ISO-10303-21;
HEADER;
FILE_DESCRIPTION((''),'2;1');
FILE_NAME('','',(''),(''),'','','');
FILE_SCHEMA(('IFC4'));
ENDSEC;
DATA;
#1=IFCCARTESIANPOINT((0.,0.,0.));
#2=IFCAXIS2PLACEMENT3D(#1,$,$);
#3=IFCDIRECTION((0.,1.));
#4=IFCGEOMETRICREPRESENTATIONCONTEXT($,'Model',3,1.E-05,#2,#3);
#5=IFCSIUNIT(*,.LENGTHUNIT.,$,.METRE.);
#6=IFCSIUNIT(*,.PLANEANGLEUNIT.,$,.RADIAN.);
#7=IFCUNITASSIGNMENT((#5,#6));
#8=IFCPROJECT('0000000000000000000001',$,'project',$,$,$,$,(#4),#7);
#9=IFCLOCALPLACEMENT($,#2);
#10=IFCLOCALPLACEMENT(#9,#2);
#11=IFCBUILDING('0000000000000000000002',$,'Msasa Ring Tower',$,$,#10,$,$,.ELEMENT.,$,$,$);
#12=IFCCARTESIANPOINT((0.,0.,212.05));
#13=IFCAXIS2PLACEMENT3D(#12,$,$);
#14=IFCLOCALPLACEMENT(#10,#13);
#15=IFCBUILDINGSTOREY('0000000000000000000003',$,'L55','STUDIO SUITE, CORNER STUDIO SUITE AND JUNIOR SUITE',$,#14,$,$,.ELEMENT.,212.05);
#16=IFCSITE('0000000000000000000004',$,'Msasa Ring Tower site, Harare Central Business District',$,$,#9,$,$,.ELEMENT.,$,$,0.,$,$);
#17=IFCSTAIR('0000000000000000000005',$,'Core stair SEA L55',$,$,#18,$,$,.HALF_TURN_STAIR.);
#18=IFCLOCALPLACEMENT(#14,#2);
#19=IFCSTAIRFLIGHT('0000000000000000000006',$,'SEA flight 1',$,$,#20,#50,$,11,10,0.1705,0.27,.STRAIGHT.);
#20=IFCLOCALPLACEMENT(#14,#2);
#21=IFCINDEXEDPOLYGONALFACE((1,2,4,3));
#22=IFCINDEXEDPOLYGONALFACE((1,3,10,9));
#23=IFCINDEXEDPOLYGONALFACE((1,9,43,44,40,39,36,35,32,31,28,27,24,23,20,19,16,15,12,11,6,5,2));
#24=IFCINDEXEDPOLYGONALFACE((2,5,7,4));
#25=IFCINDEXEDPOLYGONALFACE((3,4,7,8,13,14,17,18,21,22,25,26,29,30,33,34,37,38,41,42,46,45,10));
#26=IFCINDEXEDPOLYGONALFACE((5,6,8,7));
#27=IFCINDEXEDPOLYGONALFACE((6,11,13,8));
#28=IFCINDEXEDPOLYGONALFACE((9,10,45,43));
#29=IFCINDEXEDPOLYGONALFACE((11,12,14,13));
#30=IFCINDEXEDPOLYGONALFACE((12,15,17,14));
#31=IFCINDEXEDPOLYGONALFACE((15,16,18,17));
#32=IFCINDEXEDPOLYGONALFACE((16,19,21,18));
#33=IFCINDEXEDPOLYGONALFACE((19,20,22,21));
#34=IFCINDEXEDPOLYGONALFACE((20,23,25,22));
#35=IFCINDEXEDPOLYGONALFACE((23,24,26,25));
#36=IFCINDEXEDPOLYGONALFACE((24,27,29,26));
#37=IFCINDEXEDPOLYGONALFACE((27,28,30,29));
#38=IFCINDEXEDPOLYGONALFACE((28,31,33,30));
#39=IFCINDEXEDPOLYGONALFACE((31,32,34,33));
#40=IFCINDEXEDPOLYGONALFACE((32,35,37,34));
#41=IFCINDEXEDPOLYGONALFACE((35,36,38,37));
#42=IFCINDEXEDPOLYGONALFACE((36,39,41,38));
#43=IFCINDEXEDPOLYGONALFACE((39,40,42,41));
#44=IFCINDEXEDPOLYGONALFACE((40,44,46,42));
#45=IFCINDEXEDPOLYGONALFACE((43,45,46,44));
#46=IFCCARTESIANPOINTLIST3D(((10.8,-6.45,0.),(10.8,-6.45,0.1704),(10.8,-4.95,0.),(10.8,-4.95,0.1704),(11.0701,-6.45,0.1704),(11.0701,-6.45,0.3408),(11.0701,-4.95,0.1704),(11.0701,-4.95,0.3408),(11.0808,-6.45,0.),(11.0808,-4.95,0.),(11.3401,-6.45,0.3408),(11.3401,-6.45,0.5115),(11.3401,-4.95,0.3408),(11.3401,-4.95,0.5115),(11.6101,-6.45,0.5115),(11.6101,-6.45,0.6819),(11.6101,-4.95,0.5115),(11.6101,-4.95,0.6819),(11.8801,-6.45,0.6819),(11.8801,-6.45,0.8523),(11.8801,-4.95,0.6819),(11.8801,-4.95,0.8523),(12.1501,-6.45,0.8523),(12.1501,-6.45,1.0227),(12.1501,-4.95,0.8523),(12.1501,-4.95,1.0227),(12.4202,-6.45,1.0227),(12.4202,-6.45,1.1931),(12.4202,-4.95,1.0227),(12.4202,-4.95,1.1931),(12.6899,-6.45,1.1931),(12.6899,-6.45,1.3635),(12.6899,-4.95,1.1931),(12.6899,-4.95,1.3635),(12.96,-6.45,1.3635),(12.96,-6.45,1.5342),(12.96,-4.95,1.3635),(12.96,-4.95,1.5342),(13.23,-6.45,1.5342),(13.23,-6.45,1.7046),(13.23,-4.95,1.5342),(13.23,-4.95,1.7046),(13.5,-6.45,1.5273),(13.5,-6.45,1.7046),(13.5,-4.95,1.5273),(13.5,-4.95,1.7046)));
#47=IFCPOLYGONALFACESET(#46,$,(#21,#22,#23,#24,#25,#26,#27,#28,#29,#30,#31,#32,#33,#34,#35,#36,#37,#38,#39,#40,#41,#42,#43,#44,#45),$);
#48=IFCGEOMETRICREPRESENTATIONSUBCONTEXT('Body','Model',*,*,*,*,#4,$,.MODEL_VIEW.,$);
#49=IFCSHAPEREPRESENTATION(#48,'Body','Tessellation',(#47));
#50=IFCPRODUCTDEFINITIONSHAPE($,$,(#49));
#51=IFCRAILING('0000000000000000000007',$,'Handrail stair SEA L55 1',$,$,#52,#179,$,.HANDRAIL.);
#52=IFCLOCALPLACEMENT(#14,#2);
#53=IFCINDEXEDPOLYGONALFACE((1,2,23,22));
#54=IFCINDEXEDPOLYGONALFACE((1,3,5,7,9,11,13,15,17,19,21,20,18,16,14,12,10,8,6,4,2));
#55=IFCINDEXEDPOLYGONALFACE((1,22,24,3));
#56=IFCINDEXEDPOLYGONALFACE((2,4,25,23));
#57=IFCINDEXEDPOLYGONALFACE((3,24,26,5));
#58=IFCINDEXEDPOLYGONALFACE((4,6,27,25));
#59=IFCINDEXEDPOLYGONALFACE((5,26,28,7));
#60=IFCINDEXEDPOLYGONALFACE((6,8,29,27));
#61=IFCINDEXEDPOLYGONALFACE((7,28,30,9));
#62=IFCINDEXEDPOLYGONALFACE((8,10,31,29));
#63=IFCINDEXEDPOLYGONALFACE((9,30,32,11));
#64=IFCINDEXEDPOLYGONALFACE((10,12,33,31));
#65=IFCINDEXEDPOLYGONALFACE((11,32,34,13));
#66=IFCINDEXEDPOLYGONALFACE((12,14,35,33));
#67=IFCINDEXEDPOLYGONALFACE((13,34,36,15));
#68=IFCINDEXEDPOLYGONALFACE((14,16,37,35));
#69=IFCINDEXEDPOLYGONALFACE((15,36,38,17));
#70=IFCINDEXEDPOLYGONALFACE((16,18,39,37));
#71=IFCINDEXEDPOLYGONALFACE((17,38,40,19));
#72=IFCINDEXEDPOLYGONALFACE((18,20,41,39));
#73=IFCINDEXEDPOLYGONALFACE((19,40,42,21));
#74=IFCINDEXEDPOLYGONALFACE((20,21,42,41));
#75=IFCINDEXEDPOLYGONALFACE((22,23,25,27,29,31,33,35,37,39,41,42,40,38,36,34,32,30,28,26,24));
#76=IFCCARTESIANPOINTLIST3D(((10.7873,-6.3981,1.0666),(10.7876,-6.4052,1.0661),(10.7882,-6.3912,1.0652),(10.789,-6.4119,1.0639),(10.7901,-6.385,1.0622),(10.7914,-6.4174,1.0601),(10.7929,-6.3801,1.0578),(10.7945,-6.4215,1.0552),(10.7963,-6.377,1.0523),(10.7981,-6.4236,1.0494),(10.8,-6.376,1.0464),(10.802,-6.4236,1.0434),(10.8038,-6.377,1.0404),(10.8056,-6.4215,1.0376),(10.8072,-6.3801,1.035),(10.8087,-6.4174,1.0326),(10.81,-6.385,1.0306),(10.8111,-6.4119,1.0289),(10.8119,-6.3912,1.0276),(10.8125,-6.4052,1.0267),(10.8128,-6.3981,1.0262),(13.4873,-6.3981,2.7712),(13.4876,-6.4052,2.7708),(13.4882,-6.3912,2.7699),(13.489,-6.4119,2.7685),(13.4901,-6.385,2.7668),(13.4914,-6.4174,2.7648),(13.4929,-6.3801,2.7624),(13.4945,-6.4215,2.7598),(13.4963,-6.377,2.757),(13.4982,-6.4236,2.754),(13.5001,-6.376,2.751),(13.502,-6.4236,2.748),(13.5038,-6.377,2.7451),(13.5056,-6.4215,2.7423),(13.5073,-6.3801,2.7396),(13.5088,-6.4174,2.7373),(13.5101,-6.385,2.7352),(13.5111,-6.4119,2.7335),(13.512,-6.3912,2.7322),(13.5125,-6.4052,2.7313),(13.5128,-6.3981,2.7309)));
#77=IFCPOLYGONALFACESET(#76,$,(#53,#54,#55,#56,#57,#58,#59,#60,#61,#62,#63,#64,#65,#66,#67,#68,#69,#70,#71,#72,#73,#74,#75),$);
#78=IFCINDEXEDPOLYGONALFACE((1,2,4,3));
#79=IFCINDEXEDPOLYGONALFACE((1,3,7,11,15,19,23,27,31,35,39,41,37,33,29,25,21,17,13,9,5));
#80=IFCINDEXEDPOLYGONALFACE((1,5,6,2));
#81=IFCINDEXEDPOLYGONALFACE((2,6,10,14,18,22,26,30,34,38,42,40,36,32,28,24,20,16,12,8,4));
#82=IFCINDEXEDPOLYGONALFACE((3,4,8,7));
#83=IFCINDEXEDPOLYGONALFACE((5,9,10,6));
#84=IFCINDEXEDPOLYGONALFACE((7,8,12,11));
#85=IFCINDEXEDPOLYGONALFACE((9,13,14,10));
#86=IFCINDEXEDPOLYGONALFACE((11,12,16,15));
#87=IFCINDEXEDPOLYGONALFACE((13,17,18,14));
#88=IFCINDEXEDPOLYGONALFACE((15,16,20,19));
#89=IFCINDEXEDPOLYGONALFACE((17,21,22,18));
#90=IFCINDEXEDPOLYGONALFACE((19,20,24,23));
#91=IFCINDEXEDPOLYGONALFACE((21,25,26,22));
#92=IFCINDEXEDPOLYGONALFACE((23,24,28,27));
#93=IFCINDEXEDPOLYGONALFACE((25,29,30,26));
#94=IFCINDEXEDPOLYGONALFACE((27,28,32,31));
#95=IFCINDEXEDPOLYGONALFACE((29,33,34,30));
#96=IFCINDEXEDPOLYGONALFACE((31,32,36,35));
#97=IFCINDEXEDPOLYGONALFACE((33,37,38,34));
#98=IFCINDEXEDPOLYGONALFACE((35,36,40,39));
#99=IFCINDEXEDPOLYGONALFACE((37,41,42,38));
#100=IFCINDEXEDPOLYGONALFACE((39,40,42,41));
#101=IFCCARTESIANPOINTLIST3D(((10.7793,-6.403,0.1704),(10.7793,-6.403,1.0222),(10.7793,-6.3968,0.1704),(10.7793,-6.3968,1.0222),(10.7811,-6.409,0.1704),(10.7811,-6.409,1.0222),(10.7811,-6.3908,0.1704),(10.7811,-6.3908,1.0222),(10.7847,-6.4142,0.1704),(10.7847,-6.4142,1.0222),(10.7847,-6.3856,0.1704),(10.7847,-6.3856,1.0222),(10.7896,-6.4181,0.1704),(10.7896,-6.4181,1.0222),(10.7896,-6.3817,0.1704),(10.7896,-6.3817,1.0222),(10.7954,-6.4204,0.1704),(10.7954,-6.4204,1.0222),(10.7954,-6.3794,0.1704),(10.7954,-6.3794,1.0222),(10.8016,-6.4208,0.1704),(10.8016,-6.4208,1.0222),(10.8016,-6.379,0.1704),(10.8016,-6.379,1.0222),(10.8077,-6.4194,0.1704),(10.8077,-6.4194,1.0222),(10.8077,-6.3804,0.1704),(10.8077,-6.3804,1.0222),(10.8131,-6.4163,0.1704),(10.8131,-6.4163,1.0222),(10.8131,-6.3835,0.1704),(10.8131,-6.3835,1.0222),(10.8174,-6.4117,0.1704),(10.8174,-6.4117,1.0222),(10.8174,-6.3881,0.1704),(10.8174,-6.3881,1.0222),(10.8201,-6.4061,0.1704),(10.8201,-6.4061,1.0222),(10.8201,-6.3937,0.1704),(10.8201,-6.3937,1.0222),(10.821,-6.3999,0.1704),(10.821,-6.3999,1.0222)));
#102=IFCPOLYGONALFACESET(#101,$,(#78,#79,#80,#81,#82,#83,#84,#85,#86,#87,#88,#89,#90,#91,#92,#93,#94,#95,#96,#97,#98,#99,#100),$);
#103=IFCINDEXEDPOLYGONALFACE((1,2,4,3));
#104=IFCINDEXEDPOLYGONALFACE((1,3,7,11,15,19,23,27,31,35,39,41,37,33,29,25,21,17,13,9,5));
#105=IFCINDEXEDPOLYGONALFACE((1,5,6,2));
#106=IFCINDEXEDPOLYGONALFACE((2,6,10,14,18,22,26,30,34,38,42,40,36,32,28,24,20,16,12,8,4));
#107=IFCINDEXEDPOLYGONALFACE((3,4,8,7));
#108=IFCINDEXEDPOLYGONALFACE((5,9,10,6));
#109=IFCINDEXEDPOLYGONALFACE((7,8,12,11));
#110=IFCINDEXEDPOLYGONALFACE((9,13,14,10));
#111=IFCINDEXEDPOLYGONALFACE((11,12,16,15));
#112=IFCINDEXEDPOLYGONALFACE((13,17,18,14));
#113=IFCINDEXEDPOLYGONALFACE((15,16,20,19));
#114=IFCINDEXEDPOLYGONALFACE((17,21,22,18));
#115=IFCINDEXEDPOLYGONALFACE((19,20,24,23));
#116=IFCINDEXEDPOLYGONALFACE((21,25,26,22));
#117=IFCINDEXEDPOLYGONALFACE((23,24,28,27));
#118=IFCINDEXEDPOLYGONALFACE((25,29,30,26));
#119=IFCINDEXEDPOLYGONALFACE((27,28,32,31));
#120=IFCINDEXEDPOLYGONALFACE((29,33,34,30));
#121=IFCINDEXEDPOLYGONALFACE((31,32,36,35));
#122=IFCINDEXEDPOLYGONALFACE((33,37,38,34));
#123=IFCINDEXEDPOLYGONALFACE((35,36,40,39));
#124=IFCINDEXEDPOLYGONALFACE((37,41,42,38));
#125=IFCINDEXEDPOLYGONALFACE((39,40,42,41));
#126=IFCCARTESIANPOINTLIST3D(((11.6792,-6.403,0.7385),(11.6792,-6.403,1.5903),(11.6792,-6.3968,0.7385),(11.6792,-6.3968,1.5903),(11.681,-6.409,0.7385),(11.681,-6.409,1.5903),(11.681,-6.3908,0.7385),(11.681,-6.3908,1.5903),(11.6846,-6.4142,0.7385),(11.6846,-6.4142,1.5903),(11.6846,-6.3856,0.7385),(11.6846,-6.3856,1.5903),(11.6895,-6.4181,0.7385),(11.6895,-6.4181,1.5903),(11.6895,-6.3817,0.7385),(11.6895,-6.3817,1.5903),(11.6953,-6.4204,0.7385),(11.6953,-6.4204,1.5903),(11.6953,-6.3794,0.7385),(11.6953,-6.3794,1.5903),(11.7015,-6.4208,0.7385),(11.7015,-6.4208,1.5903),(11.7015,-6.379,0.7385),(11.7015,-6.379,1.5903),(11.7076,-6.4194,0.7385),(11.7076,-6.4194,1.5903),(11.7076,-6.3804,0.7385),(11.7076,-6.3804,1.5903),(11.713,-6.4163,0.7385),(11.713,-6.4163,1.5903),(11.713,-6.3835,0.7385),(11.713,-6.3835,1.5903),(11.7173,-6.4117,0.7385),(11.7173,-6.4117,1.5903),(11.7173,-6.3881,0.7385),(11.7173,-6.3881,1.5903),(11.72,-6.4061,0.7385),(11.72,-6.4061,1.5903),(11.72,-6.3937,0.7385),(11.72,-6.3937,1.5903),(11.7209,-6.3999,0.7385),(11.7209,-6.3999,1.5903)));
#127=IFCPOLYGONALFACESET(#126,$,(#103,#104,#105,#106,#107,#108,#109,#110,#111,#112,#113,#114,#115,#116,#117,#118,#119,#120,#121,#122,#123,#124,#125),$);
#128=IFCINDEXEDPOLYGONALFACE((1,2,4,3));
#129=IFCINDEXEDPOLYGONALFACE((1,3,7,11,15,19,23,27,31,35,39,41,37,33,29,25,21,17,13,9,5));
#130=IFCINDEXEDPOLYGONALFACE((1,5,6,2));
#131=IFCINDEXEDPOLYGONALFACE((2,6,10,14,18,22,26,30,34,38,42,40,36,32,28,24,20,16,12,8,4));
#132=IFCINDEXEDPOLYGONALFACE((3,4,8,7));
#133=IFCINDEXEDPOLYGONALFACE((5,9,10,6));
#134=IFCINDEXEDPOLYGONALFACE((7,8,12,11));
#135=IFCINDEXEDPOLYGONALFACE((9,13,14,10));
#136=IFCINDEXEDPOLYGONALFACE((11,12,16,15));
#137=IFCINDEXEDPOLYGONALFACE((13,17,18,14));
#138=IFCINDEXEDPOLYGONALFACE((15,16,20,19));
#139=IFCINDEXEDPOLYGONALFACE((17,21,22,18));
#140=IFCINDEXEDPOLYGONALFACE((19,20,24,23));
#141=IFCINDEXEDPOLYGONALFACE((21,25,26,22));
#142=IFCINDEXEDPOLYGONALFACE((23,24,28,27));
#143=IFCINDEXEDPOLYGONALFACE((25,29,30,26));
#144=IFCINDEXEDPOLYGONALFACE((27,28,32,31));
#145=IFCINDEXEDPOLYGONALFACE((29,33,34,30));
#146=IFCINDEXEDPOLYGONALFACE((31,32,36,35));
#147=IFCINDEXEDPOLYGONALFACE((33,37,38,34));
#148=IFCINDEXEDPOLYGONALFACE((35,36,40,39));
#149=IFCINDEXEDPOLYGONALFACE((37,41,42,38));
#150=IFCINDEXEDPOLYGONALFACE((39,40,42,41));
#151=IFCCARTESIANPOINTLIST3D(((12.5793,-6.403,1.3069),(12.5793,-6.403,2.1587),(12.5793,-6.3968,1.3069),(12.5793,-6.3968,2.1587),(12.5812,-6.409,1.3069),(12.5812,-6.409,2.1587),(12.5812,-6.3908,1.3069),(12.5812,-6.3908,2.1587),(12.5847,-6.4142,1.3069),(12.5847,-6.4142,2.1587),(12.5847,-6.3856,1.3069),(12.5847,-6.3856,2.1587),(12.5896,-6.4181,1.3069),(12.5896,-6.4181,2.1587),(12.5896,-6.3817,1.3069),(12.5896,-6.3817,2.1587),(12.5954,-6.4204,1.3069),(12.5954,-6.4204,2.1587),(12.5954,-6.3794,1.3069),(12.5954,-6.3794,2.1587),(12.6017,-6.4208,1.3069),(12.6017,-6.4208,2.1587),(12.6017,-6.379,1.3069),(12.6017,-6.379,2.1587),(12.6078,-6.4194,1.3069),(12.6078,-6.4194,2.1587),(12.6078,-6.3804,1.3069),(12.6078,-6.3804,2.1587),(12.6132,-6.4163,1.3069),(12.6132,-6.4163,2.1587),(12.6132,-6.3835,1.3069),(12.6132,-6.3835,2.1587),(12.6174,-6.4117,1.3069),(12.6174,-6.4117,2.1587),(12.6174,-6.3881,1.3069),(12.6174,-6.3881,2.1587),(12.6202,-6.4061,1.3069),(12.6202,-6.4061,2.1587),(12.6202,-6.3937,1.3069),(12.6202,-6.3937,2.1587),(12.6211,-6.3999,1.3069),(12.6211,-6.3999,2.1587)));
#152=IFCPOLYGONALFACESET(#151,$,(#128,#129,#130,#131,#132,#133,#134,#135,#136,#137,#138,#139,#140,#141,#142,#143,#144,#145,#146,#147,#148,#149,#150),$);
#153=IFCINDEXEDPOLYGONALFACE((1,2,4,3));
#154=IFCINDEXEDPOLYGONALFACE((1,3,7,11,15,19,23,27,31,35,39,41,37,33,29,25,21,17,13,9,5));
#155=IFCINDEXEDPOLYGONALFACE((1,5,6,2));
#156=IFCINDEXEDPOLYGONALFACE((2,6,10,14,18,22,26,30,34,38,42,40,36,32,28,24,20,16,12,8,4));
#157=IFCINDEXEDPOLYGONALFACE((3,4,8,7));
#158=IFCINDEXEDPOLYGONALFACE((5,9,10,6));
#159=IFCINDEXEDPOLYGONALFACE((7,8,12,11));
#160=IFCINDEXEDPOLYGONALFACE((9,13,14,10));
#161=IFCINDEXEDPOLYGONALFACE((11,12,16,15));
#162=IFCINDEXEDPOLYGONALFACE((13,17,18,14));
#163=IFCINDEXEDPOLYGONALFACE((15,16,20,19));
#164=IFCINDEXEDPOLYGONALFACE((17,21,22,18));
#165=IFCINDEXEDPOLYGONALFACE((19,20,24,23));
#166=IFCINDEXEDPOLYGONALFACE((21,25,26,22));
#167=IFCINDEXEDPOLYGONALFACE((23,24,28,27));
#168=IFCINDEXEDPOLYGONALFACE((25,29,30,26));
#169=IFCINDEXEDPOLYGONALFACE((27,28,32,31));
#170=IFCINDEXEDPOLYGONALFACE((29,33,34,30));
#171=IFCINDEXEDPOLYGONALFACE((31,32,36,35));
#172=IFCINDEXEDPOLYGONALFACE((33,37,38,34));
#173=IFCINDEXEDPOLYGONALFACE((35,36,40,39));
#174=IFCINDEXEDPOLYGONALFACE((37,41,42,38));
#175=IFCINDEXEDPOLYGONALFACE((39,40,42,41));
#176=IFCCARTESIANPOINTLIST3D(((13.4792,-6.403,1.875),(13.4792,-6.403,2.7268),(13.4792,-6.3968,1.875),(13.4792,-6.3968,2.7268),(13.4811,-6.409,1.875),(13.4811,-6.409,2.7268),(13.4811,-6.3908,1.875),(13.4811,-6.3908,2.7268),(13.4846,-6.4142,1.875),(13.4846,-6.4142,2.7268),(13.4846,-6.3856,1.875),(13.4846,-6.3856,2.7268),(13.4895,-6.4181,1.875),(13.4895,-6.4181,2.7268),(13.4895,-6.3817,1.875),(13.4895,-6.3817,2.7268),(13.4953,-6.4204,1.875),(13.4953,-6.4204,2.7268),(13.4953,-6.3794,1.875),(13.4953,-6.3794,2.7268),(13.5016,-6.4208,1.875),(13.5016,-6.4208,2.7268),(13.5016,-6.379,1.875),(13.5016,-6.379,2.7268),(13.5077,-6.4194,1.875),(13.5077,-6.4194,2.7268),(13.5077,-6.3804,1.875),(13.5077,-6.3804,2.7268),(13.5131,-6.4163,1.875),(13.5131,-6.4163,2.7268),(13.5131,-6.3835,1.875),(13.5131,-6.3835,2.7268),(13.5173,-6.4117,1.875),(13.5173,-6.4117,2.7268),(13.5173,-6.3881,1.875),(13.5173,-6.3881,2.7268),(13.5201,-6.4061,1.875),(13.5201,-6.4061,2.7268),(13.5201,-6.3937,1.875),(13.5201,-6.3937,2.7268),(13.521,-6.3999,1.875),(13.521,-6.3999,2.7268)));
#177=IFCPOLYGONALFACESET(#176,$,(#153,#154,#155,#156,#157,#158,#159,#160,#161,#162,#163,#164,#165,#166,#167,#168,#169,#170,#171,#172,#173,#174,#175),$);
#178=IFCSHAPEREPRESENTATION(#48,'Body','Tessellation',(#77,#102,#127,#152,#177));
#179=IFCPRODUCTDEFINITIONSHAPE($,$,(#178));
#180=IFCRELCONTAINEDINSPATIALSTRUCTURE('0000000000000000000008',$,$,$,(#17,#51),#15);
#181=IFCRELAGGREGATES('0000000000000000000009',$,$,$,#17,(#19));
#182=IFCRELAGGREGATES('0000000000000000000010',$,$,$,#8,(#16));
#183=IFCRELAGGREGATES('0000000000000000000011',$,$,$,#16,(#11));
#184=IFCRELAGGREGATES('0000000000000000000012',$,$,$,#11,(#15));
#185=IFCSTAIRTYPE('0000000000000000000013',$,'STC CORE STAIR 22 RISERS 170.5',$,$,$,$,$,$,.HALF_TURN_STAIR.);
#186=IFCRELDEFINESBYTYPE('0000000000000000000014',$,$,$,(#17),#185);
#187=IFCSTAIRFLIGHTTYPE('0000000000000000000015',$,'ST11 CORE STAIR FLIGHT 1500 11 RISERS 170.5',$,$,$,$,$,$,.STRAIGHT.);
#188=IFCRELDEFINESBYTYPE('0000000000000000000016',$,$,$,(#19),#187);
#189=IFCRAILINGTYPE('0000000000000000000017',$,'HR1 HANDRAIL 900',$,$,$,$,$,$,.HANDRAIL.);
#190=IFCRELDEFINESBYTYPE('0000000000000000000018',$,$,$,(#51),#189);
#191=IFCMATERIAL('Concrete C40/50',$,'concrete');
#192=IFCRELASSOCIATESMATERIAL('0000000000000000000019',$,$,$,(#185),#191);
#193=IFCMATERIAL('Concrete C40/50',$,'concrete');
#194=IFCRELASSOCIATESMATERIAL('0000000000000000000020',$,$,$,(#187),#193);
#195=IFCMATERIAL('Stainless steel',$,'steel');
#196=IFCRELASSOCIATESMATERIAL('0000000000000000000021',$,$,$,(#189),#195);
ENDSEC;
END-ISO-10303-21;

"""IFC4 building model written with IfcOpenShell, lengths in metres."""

from ifc_helpers import new_model, si_unit, direction, frame, origin, origin_2d, place, context, subcontext, project, spatial, polyline, circle, outline, extrude, material, type_object, element, aggregate, save


model = new_model("IFC4")

# Units and contexts
model_context = context("Model", 3, precision=1e-05, world=origin(), true_north=direction((0.0, 1.0)))
body_context = subcontext(model_context, "Body", "Model", "MODEL_VIEW")
ifc_project = project(units=[si_unit("LENGTHUNIT", "METRE"), si_unit("PLANEANGLEUNIT", "RADIAN")], contexts=[model_context])

# Site, building, storey
site_placement = place(None, origin())
site = spatial("IfcSite", under=ifc_project, at=site_placement, Name="Msasa Ring Tower site, Harare Central Business District", CompositionType="ELEMENT", RefElevation=0.0)
building_placement = place(site_placement, origin())
building = spatial("IfcBuilding", under=site, at=building_placement, Name="Msasa Ring Tower", CompositionType="ELEMENT")
storey_placement = place(building_placement, frame((0.0, 0.0, 212.05)))
storey = spatial("IfcBuildingStorey", under=building, at=storey_placement, Name="L55", Description="STUDIO SUITE, CORNER STUDIO SUITE AND JUNIOR SUITE", CompositionType="ELEMENT", Elevation=212.05)

# Stair
ifc_material_1 = material(Name="Concrete C40/50", Category="concrete")
stair_type = type_object("IfcStairType", Name="STC CORE STAIR 22 RISERS 170.5", PredefinedType="HALF_TURN_STAIR", material=ifc_material_1)
stair_1_placement = place(storey_placement, origin())
stair_1 = element("IfcStair", 1, at=stair_1_placement, inside=storey, type_object=stair_type, Name="Core stair SEA L55", PredefinedType="HALF_TURN_STAIR")

# Stair flight
ifc_material_2 = material(Name="Concrete C40/50", Category="concrete")
stair_flight_type = type_object("IfcStairFlightType", Name="ST11 CORE STAIR FLIGHT 1500 11 RISERS 170.5", PredefinedType="STRAIGHT", material=ifc_material_2)
stair_flight_placement = place(storey_placement, frame((10.8, -5.7, 0.0), z_axis=(0.0, 0.0, 1.0), x_axis=(1.0, 0.0, 0.0)))
stair_flight = element("IfcStairFlight", 2, at=stair_flight_placement, type_object=stair_flight_type, Name="SEA flight 1", NumberOfRisers=11, NumberOfTreads=10, PredefinedType="STRAIGHT", RiserHeight=0.1705, TreadLength=0.27, context=body_context, shape_type="SweptSolid", body=[
    extrude(outline(polyline([(0.0, 0.0), (0.0, 0.1704), (0.27, 0.1704), (0.27, 0.3408), (0.54, 0.3408), (0.54, 0.5115), (0.8101, 0.5115), (0.8101, 0.6819), (1.0801, 0.6819), (1.0801, 0.8523), (1.3501, 0.8523), (1.3501, 1.0227), (1.6201, 1.0227), (1.6201, 1.1931), (1.8899, 1.1931), (1.8899, 1.3635), (2.1599, 1.3635), (2.1599, 1.5342), (2.4299, 1.5342), (2.4299, 1.7046), (2.7, 1.7046), (2.7, 1.875), (2.7, 1.5273), (0.2808, 0.0), (0.0, 0.0)])), frame((0.0, 0.75, 0.0), z_axis=(0.0, -1.0, 0.0), x_axis=(1.0, 0.0, 0.0)), (0.0, 0.0, 1.0), 1.5),
])
aggregate(stair_1, [stair_flight])

# Railing
ifc_material_3 = material(Name="Stainless steel", Category="steel")
railing_type = type_object("IfcRailingType", Name="HR1 HANDRAIL 900", PredefinedType="HANDRAIL", material=ifc_material_3)
for number, where, name in (
    (3, (10.8, -6.3999, 0.1704), "Handrail stair SEA L55 1"),
):
    element("IfcRailing", number, at=place(storey_placement, frame(where)), inside=storey, type_object=railing_type, Name=name, PredefinedType="HANDRAIL", context=body_context, shape_type="SweptSolid", body=[
        extrude(circle(Radius=0.0239, at=origin_2d()), frame((0.0, 0.0, 0.876), z_axis=(0.84558, 0.0, 0.533849), x_axis=(0.0, 1.0, 0.0)), (0.0, 0.0, 1.0), 3.1931),
        extrude(circle(Radius=0.021, at=origin_2d()), origin(), (0.0, 0.0, 1.0), 0.8518),
        extrude(circle(Radius=0.021, at=origin_2d()), frame((0.8999, 0.0, 0.5681)), (0.0, 0.0, 1.0), 0.8518),
        extrude(circle(Radius=0.021, at=origin_2d()), frame((1.8, 0.0, 1.1365)), (0.0, 0.0, 1.0), 0.8518),
        extrude(circle(Radius=0.021, at=origin_2d()), frame((2.7, 0.0, 1.7046)), (0.0, 0.0, 1.0), 0.8518),
    ])

save(model, "model.ifc")
